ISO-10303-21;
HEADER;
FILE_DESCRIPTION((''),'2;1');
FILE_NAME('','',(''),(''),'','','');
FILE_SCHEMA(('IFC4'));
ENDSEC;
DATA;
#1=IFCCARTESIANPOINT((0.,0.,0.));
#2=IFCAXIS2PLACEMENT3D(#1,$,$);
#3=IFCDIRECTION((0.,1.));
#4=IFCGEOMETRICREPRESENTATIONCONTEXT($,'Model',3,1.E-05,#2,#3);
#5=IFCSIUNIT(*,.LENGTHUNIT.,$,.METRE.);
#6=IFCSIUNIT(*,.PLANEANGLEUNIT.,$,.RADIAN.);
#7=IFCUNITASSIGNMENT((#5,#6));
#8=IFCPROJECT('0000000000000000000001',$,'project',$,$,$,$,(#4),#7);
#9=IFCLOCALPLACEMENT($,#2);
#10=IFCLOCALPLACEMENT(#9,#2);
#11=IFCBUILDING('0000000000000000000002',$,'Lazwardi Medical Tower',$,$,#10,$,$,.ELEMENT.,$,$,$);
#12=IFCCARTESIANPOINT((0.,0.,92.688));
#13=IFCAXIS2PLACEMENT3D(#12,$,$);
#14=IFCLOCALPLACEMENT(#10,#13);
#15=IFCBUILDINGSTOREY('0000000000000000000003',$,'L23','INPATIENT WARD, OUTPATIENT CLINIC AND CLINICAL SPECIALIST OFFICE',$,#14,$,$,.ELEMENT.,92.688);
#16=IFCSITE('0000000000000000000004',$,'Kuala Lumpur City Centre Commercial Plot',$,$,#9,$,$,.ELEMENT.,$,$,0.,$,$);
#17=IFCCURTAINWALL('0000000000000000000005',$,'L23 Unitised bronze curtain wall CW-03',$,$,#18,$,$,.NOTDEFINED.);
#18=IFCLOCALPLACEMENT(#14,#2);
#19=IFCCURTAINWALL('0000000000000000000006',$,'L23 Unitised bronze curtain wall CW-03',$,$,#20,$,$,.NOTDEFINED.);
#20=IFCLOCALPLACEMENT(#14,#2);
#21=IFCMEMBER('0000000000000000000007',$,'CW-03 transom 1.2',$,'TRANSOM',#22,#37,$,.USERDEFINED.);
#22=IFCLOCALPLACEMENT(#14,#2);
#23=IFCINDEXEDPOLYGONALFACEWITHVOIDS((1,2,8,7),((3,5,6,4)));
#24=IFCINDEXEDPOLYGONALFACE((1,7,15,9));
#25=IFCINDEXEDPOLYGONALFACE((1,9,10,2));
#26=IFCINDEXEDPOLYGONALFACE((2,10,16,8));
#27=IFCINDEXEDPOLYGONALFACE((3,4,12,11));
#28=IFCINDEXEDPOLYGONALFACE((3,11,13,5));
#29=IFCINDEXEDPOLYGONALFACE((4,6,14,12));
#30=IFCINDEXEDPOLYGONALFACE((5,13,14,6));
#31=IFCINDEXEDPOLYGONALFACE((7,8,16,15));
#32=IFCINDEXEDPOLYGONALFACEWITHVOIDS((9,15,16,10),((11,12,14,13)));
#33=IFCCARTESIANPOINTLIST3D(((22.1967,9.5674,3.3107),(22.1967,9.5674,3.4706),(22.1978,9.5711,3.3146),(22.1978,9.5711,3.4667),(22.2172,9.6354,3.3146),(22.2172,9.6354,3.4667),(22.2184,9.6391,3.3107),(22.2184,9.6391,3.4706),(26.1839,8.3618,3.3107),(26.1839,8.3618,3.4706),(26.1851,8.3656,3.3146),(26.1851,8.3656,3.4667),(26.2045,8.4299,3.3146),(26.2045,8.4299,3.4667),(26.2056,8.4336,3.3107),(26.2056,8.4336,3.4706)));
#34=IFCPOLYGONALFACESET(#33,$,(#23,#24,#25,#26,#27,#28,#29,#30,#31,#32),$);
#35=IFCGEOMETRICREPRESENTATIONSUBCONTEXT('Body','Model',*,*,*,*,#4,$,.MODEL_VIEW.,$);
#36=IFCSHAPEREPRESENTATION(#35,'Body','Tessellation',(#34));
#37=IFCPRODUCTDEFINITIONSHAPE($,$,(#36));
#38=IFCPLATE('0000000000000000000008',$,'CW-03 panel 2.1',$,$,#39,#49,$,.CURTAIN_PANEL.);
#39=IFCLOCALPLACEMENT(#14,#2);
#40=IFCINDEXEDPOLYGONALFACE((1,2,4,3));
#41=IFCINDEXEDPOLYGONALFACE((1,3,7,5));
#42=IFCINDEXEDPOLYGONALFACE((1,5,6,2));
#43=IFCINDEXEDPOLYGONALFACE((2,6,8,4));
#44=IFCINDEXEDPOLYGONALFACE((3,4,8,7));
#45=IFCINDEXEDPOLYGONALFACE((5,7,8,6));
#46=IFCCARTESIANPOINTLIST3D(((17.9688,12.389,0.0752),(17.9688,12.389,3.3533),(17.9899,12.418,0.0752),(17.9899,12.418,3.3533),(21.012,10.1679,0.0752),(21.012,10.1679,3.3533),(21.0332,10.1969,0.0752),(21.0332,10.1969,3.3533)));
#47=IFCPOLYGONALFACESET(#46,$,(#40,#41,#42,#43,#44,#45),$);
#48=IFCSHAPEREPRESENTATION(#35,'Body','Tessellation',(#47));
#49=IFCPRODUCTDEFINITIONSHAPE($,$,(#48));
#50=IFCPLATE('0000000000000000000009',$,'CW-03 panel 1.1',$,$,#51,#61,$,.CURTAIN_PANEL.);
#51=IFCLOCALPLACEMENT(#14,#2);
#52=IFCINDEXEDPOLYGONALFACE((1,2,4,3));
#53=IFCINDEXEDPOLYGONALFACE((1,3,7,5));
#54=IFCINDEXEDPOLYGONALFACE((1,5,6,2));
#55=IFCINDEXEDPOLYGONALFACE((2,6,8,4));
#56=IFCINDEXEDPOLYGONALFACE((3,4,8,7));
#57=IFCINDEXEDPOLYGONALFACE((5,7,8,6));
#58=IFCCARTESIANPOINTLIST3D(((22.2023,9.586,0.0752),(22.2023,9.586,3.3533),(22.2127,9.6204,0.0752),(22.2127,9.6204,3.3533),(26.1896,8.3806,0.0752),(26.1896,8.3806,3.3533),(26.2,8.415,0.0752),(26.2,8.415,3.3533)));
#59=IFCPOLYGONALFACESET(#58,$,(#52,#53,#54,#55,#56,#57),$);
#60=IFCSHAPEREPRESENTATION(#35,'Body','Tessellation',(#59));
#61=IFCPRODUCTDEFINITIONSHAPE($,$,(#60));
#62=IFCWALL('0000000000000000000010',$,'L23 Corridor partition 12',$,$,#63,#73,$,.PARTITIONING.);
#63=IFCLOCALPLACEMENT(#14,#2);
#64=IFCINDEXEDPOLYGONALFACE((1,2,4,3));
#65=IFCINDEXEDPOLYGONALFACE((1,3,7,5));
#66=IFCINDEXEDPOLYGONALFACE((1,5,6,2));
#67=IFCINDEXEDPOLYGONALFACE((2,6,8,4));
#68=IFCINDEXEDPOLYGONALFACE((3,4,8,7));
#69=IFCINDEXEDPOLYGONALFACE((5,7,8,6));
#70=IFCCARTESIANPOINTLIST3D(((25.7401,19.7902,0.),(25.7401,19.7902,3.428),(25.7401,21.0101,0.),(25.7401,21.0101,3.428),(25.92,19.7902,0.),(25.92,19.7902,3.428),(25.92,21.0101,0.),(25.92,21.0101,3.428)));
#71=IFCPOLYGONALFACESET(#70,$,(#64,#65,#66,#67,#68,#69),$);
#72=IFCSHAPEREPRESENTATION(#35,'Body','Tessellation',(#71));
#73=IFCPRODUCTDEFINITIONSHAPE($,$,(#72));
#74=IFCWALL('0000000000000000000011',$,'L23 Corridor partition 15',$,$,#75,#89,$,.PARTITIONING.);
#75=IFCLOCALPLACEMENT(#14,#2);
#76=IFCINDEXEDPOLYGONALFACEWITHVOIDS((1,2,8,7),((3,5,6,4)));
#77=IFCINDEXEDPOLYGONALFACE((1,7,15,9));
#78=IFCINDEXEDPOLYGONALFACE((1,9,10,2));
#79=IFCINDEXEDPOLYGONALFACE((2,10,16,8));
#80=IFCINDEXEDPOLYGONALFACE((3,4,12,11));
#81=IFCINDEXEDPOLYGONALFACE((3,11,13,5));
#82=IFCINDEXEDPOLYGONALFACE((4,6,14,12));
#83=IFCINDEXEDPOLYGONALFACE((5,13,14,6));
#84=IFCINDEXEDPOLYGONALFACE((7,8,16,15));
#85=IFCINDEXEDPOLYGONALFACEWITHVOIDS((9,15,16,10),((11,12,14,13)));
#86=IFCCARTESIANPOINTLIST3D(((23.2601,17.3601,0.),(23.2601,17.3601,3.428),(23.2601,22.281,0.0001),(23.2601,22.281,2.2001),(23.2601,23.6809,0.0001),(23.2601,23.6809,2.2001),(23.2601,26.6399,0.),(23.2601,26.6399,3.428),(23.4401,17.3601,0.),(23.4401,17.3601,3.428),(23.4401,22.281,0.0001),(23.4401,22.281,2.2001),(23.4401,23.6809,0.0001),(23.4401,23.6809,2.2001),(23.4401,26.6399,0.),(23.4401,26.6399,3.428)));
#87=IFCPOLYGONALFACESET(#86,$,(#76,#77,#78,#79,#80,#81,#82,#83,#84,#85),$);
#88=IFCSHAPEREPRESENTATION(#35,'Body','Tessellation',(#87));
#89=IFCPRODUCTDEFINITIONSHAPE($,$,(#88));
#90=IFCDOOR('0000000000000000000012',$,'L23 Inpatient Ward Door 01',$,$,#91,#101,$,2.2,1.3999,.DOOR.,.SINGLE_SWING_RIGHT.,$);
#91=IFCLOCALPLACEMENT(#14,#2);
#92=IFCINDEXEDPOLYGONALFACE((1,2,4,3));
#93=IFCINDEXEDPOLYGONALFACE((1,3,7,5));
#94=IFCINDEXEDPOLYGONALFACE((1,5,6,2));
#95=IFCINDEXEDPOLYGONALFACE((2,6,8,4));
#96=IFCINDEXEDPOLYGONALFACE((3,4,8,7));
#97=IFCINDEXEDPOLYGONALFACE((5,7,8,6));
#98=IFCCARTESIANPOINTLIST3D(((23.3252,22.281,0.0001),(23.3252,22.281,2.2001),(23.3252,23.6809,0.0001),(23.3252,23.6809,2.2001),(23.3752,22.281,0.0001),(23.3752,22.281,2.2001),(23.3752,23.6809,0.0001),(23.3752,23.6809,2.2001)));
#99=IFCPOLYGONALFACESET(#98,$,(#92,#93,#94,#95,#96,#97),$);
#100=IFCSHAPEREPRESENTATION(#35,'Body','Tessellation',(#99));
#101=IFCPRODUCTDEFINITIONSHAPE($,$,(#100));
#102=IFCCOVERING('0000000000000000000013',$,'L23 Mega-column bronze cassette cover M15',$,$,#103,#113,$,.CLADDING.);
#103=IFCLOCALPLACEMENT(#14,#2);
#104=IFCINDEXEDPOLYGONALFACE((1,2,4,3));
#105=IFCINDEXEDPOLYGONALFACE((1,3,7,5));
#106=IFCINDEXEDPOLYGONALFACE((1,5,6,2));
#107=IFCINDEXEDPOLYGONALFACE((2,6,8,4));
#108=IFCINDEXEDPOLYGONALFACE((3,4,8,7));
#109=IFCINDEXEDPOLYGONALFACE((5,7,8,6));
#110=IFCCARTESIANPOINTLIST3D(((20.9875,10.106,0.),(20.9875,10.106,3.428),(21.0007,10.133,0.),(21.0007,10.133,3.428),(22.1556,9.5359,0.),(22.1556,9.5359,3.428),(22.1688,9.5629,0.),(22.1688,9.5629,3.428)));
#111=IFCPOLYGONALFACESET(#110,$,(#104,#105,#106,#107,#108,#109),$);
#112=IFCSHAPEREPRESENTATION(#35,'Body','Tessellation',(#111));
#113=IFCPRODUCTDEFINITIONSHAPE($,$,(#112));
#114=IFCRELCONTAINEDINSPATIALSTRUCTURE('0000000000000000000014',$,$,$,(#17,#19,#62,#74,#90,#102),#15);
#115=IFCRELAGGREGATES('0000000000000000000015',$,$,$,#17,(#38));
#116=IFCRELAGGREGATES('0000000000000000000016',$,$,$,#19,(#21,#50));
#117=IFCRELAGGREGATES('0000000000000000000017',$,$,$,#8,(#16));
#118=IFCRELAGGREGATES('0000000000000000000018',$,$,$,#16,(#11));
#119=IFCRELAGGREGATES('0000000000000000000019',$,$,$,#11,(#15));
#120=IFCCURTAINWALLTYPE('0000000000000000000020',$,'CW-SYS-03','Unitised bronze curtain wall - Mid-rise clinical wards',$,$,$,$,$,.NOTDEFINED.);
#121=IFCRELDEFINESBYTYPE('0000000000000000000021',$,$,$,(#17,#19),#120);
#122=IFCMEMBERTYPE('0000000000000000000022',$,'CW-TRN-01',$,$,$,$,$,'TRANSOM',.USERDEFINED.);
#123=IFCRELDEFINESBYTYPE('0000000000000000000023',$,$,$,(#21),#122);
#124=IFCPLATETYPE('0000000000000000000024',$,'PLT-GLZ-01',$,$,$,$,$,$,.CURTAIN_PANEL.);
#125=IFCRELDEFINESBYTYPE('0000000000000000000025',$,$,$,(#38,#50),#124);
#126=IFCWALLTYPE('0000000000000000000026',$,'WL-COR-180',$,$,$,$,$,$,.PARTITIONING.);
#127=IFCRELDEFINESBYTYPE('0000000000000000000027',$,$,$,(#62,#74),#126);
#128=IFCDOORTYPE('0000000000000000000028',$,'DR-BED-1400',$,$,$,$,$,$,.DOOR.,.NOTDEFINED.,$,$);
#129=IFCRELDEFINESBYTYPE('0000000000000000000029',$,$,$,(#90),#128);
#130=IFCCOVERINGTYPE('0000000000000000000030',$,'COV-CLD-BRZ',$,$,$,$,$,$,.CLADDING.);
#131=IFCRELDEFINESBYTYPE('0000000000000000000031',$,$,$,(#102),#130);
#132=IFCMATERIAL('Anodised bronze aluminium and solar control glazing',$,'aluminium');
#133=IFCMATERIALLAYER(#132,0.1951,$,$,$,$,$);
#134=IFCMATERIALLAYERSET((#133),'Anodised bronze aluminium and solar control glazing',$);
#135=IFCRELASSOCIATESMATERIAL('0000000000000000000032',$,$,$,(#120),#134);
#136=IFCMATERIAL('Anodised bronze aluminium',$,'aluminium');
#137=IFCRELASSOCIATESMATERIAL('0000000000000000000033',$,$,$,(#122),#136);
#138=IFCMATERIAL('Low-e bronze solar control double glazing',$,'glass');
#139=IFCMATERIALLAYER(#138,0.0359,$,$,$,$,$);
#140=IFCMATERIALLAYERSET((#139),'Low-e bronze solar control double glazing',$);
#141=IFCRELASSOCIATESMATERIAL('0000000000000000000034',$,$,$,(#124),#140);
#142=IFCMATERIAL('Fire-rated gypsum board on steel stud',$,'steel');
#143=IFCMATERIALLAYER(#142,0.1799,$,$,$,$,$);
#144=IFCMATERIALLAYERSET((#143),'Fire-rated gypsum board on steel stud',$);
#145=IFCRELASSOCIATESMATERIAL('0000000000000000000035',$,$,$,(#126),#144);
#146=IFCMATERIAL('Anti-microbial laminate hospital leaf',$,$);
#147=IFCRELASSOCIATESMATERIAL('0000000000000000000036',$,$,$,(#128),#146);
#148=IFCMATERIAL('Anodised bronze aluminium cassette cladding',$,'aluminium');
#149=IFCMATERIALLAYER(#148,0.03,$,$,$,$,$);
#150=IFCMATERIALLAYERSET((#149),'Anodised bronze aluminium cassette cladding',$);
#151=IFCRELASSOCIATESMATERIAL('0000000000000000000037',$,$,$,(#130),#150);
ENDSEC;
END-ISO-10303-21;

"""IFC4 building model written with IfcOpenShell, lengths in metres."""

from ifc_helpers import new_model, si_unit, direction, frame, frame_2d, origin, origin_2d, place, context, subcontext, project, spatial, rectangle, hollow_rectangle, extrude, material, layer, layer_set, material_profile, profile_set, type_object, element, fill, aggregate, save


model = new_model("IFC4")

# Units and contexts
model_context = context("Model", 3, precision=1e-05, world=origin(), true_north=direction((0.0, 1.0)))
body_context = subcontext(model_context, "Body", "Model", "MODEL_VIEW")
ifc_project = project(units=[si_unit("LENGTHUNIT", "METRE"), si_unit("PLANEANGLEUNIT", "RADIAN")], contexts=[model_context])

# Site, building, storey
site_placement = place(None, origin())
site = spatial("IfcSite", under=ifc_project, at=site_placement, Name="Kuala Lumpur City Centre Commercial Plot", CompositionType="ELEMENT", RefElevation=0.0)
building_placement = place(site_placement, origin())
building = spatial("IfcBuilding", under=site, at=building_placement, Name="Lazwardi Medical Tower", CompositionType="ELEMENT")
storey_placement = place(building_placement, frame((0.0, 0.0, 92.688)))
storey = spatial("IfcBuildingStorey", under=building, at=storey_placement, Name="L23", Description="INPATIENT WARD, OUTPATIENT CLINIC AND CLINICAL SPECIALIST OFFICE", CompositionType="ELEMENT", Elevation=92.688)

# Curtain walls
ifc_material_1 = material(Name="Anodised bronze aluminium and solar control glazing", Category="aluminium")
ifc_layer_1 = layer(ifc_material_1, 0.1951)
ifc_layer_set_1 = layer_set([ifc_layer_1], Name="Anodised bronze aluminium and solar control glazing")
curtain_wall_type = type_object("IfcCurtainWallType", Name="CW-SYS-03", Description="Unitised bronze curtain wall - Mid-rise clinical wards", PredefinedType="NOTDEFINED", material=ifc_layer_set_1)
curtain_wall_1_placement = place(storey_placement, origin())
curtain_wall_1 = element("IfcCurtainWall", 1, at=curtain_wall_1_placement, inside=storey, type_object=curtain_wall_type, Name="L23 Unitised bronze curtain wall CW-03", PredefinedType="NOTDEFINED")
ifc_material_2 = material(Name="Anodised bronze aluminium", Category="aluminium")
curtain_wall_2_placement = place(storey_placement, origin())
curtain_wall_2 = element("IfcCurtainWall", 2, at=curtain_wall_2_placement, inside=storey, type_object=curtain_wall_type, Name="L23 Unitised bronze curtain wall CW-03", PredefinedType="NOTDEFINED")

# Member
ifc_material_profile_1 = material_profile(ifc_material_2, hollow_rectangle(XDim=0.075, YDim=0.1599, WallThickness=0.0039, at=origin_2d()), Name="ALU-TRANSOM 160x75x4")
ifc_profile_set_1 = profile_set([ifc_material_profile_1], Name="Anodised bronze aluminium")
member_type_1 = type_object("IfcMemberType", Name="CW-TRN-01", ElementType="TRANSOM", PredefinedType="USERDEFINED", material=ifc_profile_set_1)
member_1_placement = place(storey_placement, frame((22.2075, 9.6033, 3.3906), z_axis=(0.957205, -0.289412, 0.0), x_axis=(0.289412, 0.957205, 0.0)))
member_1 = element("IfcMember", 3, at=member_1_placement, type_object=member_type_1, Name="CW-03 transom 1.2", ObjectType="TRANSOM", PredefinedType="USERDEFINED", context=body_context, shape_type="SweptSolid", body=[
    extrude(hollow_rectangle(XDim=0.075, YDim=0.1599, WallThickness=0.0039, at=origin_2d()), origin(), (0.0, 0.0, 1.0), 4.1655),
])

# Plates
ifc_material_3 = material(Name="Low-e bronze solar control double glazing", Category="glass")
ifc_layer_2 = layer(ifc_material_3, 0.0359)
ifc_layer_set_2 = layer_set([ifc_layer_2], Name="Low-e bronze solar control double glazing")
plate_type = type_object("IfcPlateType", Name="PLT-GLZ-01", PredefinedType="CURTAIN_PANEL", material=ifc_layer_set_2)
plate_1_placement = place(storey_placement, frame((19.501, 11.293, 0.0752), z_axis=(0.0, 0.0, 1.0), x_axis=(0.807746, -0.589531, 0.0)))
plate_1 = element("IfcPlate", 4, at=plate_1_placement, type_object=plate_type, Name="CW-03 panel 2.1", PredefinedType="CURTAIN_PANEL", context=body_context, shape_type="SweptSolid", body=[
    extrude(rectangle(XDim=3.7676, YDim=0.0359, at=origin_2d()), origin(), (0.0, 0.0, 1.0), 3.2781),
])
aggregate(curtain_wall_1, [plate_1])
plate_2_placement = place(storey_placement, frame((24.2012, 9.0005, 0.0752), z_axis=(0.0, 0.0, 1.0), x_axis=(0.957216, -0.289374, 0.0)))
plate_2 = element("IfcPlate", 5, at=plate_2_placement, type_object=plate_type, Name="CW-03 panel 1.1", PredefinedType="CURTAIN_PANEL", context=body_context, shape_type="SweptSolid", body=[
    extrude(rectangle(XDim=4.1655, YDim=0.0359, at=origin_2d()), origin(), (0.0, 0.0, 1.0), 3.2781),
])
aggregate(curtain_wall_2, [member_1, plate_2])

# Wall
ifc_material_4 = material(Name="Fire-rated gypsum board on steel stud", Category="steel")
ifc_layer_3 = layer(ifc_material_4, 0.1799)
ifc_layer_set_3 = layer_set([ifc_layer_3], Name="Fire-rated gypsum board on steel stud")
wall_type = type_object("IfcWallType", Name="WL-COR-180", PredefinedType="PARTITIONING", material=ifc_layer_set_3)
wall_1_placement = place(storey_placement, frame((25.8301, 21.01, 0.0), z_axis=(0.0, 0.0, 1.0), x_axis=(0.0, -1.0, 0.0)))
element("IfcWall", 6, at=wall_1_placement, inside=storey, type_object=wall_type, Name="L23 Corridor partition 12", PredefinedType="PARTITIONING", context=body_context, shape_type="SweptSolid", body=[
    extrude(rectangle(XDim=1.22, YDim=0.1799, at=frame_2d((0.6099, 0.0))), origin(), (0.0, 0.0, 1.0), 3.428),
])

# Wall, opening, door
wall_2_placement = place(storey_placement, frame((23.3501, 17.3601, 0.0), z_axis=(0.0, 0.0, 1.0), x_axis=(0.0, 1.0, 0.0)))
wall_2 = element("IfcWall", 7, at=wall_2_placement, inside=storey, type_object=wall_type, Name="L23 Corridor partition 15", PredefinedType="PARTITIONING", context=body_context, shape_type="SweptSolid", body=[
    extrude(rectangle(XDim=9.2798, YDim=0.1799, at=frame_2d((4.6399, 0.0))), origin(), (0.0, 0.0, 1.0), 3.428),
])
opening_placement = place(wall_2_placement, frame((4.9209, 0.0, 0.0)))
opening = element("IfcOpeningElement", 8, at=opening_placement, cuts=wall_2, PredefinedType="OPENING", context=body_context, shape_type="SweptSolid", body=[
    extrude(rectangle(XDim=1.3999, YDim=2.2, at=frame_2d((0.7, 1.1001))), frame((0.0, 0.0999, 0.0), z_axis=(0.0, -1.0, 0.0), x_axis=(1.0, 0.0, 0.0)), (0.0, 0.0, 1.0), 0.2),
])
ifc_material_5 = material(Name="Anti-microbial laminate hospital leaf")
door_type = type_object("IfcDoorType", Name="DR-BED-1400", OperationType="NOTDEFINED", PredefinedType="DOOR", material=ifc_material_5)
door_placement = place(opening_placement, origin())
door = element("IfcDoor", 9, at=door_placement, inside=storey, type_object=door_type, Name="L23 Inpatient Ward Door 01", OperationType="SINGLE_SWING_RIGHT", OverallHeight=2.2, OverallWidth=1.3999, PredefinedType="DOOR", context=body_context, shape_type="SweptSolid", body=[
    extrude(rectangle(XDim=1.3999, YDim=2.2, at=frame_2d((0.7, 1.1001))), frame((0.0, 0.0249, 0.0), z_axis=(0.0, -1.0, 0.0), x_axis=(1.0, 0.0, 0.0)), (0.0, 0.0, 1.0), 0.05),
])
fill(opening, door)

# Covering
ifc_material_6 = material(Name="Anodised bronze aluminium cassette cladding", Category="aluminium")
ifc_layer_4 = layer(ifc_material_6, 0.03)
ifc_layer_set_4 = layer_set([ifc_layer_4], Name="Anodised bronze aluminium cassette cladding")
covering_type = type_object("IfcCoveringType", Name="COV-CLD-BRZ", PredefinedType="CLADDING", material=ifc_layer_set_4)
covering_placement = place(storey_placement, frame((21.5781, 9.8345, 0.0), z_axis=(0.0, 0.0, 1.0), x_axis=(0.898679, -0.438606, 0.0)))
element("IfcCovering", 10, at=covering_placement, inside=storey, type_object=covering_type, Name="L23 Mega-column bronze cassette cover M15", PredefinedType="CLADDING", context=body_context, shape_type="SweptSolid", body=[
    extrude(rectangle(XDim=1.2998, YDim=0.03, at=origin_2d()), origin(), (0.0, 0.0, 1.0), 3.428),
])

save(model, "model.ifc")
